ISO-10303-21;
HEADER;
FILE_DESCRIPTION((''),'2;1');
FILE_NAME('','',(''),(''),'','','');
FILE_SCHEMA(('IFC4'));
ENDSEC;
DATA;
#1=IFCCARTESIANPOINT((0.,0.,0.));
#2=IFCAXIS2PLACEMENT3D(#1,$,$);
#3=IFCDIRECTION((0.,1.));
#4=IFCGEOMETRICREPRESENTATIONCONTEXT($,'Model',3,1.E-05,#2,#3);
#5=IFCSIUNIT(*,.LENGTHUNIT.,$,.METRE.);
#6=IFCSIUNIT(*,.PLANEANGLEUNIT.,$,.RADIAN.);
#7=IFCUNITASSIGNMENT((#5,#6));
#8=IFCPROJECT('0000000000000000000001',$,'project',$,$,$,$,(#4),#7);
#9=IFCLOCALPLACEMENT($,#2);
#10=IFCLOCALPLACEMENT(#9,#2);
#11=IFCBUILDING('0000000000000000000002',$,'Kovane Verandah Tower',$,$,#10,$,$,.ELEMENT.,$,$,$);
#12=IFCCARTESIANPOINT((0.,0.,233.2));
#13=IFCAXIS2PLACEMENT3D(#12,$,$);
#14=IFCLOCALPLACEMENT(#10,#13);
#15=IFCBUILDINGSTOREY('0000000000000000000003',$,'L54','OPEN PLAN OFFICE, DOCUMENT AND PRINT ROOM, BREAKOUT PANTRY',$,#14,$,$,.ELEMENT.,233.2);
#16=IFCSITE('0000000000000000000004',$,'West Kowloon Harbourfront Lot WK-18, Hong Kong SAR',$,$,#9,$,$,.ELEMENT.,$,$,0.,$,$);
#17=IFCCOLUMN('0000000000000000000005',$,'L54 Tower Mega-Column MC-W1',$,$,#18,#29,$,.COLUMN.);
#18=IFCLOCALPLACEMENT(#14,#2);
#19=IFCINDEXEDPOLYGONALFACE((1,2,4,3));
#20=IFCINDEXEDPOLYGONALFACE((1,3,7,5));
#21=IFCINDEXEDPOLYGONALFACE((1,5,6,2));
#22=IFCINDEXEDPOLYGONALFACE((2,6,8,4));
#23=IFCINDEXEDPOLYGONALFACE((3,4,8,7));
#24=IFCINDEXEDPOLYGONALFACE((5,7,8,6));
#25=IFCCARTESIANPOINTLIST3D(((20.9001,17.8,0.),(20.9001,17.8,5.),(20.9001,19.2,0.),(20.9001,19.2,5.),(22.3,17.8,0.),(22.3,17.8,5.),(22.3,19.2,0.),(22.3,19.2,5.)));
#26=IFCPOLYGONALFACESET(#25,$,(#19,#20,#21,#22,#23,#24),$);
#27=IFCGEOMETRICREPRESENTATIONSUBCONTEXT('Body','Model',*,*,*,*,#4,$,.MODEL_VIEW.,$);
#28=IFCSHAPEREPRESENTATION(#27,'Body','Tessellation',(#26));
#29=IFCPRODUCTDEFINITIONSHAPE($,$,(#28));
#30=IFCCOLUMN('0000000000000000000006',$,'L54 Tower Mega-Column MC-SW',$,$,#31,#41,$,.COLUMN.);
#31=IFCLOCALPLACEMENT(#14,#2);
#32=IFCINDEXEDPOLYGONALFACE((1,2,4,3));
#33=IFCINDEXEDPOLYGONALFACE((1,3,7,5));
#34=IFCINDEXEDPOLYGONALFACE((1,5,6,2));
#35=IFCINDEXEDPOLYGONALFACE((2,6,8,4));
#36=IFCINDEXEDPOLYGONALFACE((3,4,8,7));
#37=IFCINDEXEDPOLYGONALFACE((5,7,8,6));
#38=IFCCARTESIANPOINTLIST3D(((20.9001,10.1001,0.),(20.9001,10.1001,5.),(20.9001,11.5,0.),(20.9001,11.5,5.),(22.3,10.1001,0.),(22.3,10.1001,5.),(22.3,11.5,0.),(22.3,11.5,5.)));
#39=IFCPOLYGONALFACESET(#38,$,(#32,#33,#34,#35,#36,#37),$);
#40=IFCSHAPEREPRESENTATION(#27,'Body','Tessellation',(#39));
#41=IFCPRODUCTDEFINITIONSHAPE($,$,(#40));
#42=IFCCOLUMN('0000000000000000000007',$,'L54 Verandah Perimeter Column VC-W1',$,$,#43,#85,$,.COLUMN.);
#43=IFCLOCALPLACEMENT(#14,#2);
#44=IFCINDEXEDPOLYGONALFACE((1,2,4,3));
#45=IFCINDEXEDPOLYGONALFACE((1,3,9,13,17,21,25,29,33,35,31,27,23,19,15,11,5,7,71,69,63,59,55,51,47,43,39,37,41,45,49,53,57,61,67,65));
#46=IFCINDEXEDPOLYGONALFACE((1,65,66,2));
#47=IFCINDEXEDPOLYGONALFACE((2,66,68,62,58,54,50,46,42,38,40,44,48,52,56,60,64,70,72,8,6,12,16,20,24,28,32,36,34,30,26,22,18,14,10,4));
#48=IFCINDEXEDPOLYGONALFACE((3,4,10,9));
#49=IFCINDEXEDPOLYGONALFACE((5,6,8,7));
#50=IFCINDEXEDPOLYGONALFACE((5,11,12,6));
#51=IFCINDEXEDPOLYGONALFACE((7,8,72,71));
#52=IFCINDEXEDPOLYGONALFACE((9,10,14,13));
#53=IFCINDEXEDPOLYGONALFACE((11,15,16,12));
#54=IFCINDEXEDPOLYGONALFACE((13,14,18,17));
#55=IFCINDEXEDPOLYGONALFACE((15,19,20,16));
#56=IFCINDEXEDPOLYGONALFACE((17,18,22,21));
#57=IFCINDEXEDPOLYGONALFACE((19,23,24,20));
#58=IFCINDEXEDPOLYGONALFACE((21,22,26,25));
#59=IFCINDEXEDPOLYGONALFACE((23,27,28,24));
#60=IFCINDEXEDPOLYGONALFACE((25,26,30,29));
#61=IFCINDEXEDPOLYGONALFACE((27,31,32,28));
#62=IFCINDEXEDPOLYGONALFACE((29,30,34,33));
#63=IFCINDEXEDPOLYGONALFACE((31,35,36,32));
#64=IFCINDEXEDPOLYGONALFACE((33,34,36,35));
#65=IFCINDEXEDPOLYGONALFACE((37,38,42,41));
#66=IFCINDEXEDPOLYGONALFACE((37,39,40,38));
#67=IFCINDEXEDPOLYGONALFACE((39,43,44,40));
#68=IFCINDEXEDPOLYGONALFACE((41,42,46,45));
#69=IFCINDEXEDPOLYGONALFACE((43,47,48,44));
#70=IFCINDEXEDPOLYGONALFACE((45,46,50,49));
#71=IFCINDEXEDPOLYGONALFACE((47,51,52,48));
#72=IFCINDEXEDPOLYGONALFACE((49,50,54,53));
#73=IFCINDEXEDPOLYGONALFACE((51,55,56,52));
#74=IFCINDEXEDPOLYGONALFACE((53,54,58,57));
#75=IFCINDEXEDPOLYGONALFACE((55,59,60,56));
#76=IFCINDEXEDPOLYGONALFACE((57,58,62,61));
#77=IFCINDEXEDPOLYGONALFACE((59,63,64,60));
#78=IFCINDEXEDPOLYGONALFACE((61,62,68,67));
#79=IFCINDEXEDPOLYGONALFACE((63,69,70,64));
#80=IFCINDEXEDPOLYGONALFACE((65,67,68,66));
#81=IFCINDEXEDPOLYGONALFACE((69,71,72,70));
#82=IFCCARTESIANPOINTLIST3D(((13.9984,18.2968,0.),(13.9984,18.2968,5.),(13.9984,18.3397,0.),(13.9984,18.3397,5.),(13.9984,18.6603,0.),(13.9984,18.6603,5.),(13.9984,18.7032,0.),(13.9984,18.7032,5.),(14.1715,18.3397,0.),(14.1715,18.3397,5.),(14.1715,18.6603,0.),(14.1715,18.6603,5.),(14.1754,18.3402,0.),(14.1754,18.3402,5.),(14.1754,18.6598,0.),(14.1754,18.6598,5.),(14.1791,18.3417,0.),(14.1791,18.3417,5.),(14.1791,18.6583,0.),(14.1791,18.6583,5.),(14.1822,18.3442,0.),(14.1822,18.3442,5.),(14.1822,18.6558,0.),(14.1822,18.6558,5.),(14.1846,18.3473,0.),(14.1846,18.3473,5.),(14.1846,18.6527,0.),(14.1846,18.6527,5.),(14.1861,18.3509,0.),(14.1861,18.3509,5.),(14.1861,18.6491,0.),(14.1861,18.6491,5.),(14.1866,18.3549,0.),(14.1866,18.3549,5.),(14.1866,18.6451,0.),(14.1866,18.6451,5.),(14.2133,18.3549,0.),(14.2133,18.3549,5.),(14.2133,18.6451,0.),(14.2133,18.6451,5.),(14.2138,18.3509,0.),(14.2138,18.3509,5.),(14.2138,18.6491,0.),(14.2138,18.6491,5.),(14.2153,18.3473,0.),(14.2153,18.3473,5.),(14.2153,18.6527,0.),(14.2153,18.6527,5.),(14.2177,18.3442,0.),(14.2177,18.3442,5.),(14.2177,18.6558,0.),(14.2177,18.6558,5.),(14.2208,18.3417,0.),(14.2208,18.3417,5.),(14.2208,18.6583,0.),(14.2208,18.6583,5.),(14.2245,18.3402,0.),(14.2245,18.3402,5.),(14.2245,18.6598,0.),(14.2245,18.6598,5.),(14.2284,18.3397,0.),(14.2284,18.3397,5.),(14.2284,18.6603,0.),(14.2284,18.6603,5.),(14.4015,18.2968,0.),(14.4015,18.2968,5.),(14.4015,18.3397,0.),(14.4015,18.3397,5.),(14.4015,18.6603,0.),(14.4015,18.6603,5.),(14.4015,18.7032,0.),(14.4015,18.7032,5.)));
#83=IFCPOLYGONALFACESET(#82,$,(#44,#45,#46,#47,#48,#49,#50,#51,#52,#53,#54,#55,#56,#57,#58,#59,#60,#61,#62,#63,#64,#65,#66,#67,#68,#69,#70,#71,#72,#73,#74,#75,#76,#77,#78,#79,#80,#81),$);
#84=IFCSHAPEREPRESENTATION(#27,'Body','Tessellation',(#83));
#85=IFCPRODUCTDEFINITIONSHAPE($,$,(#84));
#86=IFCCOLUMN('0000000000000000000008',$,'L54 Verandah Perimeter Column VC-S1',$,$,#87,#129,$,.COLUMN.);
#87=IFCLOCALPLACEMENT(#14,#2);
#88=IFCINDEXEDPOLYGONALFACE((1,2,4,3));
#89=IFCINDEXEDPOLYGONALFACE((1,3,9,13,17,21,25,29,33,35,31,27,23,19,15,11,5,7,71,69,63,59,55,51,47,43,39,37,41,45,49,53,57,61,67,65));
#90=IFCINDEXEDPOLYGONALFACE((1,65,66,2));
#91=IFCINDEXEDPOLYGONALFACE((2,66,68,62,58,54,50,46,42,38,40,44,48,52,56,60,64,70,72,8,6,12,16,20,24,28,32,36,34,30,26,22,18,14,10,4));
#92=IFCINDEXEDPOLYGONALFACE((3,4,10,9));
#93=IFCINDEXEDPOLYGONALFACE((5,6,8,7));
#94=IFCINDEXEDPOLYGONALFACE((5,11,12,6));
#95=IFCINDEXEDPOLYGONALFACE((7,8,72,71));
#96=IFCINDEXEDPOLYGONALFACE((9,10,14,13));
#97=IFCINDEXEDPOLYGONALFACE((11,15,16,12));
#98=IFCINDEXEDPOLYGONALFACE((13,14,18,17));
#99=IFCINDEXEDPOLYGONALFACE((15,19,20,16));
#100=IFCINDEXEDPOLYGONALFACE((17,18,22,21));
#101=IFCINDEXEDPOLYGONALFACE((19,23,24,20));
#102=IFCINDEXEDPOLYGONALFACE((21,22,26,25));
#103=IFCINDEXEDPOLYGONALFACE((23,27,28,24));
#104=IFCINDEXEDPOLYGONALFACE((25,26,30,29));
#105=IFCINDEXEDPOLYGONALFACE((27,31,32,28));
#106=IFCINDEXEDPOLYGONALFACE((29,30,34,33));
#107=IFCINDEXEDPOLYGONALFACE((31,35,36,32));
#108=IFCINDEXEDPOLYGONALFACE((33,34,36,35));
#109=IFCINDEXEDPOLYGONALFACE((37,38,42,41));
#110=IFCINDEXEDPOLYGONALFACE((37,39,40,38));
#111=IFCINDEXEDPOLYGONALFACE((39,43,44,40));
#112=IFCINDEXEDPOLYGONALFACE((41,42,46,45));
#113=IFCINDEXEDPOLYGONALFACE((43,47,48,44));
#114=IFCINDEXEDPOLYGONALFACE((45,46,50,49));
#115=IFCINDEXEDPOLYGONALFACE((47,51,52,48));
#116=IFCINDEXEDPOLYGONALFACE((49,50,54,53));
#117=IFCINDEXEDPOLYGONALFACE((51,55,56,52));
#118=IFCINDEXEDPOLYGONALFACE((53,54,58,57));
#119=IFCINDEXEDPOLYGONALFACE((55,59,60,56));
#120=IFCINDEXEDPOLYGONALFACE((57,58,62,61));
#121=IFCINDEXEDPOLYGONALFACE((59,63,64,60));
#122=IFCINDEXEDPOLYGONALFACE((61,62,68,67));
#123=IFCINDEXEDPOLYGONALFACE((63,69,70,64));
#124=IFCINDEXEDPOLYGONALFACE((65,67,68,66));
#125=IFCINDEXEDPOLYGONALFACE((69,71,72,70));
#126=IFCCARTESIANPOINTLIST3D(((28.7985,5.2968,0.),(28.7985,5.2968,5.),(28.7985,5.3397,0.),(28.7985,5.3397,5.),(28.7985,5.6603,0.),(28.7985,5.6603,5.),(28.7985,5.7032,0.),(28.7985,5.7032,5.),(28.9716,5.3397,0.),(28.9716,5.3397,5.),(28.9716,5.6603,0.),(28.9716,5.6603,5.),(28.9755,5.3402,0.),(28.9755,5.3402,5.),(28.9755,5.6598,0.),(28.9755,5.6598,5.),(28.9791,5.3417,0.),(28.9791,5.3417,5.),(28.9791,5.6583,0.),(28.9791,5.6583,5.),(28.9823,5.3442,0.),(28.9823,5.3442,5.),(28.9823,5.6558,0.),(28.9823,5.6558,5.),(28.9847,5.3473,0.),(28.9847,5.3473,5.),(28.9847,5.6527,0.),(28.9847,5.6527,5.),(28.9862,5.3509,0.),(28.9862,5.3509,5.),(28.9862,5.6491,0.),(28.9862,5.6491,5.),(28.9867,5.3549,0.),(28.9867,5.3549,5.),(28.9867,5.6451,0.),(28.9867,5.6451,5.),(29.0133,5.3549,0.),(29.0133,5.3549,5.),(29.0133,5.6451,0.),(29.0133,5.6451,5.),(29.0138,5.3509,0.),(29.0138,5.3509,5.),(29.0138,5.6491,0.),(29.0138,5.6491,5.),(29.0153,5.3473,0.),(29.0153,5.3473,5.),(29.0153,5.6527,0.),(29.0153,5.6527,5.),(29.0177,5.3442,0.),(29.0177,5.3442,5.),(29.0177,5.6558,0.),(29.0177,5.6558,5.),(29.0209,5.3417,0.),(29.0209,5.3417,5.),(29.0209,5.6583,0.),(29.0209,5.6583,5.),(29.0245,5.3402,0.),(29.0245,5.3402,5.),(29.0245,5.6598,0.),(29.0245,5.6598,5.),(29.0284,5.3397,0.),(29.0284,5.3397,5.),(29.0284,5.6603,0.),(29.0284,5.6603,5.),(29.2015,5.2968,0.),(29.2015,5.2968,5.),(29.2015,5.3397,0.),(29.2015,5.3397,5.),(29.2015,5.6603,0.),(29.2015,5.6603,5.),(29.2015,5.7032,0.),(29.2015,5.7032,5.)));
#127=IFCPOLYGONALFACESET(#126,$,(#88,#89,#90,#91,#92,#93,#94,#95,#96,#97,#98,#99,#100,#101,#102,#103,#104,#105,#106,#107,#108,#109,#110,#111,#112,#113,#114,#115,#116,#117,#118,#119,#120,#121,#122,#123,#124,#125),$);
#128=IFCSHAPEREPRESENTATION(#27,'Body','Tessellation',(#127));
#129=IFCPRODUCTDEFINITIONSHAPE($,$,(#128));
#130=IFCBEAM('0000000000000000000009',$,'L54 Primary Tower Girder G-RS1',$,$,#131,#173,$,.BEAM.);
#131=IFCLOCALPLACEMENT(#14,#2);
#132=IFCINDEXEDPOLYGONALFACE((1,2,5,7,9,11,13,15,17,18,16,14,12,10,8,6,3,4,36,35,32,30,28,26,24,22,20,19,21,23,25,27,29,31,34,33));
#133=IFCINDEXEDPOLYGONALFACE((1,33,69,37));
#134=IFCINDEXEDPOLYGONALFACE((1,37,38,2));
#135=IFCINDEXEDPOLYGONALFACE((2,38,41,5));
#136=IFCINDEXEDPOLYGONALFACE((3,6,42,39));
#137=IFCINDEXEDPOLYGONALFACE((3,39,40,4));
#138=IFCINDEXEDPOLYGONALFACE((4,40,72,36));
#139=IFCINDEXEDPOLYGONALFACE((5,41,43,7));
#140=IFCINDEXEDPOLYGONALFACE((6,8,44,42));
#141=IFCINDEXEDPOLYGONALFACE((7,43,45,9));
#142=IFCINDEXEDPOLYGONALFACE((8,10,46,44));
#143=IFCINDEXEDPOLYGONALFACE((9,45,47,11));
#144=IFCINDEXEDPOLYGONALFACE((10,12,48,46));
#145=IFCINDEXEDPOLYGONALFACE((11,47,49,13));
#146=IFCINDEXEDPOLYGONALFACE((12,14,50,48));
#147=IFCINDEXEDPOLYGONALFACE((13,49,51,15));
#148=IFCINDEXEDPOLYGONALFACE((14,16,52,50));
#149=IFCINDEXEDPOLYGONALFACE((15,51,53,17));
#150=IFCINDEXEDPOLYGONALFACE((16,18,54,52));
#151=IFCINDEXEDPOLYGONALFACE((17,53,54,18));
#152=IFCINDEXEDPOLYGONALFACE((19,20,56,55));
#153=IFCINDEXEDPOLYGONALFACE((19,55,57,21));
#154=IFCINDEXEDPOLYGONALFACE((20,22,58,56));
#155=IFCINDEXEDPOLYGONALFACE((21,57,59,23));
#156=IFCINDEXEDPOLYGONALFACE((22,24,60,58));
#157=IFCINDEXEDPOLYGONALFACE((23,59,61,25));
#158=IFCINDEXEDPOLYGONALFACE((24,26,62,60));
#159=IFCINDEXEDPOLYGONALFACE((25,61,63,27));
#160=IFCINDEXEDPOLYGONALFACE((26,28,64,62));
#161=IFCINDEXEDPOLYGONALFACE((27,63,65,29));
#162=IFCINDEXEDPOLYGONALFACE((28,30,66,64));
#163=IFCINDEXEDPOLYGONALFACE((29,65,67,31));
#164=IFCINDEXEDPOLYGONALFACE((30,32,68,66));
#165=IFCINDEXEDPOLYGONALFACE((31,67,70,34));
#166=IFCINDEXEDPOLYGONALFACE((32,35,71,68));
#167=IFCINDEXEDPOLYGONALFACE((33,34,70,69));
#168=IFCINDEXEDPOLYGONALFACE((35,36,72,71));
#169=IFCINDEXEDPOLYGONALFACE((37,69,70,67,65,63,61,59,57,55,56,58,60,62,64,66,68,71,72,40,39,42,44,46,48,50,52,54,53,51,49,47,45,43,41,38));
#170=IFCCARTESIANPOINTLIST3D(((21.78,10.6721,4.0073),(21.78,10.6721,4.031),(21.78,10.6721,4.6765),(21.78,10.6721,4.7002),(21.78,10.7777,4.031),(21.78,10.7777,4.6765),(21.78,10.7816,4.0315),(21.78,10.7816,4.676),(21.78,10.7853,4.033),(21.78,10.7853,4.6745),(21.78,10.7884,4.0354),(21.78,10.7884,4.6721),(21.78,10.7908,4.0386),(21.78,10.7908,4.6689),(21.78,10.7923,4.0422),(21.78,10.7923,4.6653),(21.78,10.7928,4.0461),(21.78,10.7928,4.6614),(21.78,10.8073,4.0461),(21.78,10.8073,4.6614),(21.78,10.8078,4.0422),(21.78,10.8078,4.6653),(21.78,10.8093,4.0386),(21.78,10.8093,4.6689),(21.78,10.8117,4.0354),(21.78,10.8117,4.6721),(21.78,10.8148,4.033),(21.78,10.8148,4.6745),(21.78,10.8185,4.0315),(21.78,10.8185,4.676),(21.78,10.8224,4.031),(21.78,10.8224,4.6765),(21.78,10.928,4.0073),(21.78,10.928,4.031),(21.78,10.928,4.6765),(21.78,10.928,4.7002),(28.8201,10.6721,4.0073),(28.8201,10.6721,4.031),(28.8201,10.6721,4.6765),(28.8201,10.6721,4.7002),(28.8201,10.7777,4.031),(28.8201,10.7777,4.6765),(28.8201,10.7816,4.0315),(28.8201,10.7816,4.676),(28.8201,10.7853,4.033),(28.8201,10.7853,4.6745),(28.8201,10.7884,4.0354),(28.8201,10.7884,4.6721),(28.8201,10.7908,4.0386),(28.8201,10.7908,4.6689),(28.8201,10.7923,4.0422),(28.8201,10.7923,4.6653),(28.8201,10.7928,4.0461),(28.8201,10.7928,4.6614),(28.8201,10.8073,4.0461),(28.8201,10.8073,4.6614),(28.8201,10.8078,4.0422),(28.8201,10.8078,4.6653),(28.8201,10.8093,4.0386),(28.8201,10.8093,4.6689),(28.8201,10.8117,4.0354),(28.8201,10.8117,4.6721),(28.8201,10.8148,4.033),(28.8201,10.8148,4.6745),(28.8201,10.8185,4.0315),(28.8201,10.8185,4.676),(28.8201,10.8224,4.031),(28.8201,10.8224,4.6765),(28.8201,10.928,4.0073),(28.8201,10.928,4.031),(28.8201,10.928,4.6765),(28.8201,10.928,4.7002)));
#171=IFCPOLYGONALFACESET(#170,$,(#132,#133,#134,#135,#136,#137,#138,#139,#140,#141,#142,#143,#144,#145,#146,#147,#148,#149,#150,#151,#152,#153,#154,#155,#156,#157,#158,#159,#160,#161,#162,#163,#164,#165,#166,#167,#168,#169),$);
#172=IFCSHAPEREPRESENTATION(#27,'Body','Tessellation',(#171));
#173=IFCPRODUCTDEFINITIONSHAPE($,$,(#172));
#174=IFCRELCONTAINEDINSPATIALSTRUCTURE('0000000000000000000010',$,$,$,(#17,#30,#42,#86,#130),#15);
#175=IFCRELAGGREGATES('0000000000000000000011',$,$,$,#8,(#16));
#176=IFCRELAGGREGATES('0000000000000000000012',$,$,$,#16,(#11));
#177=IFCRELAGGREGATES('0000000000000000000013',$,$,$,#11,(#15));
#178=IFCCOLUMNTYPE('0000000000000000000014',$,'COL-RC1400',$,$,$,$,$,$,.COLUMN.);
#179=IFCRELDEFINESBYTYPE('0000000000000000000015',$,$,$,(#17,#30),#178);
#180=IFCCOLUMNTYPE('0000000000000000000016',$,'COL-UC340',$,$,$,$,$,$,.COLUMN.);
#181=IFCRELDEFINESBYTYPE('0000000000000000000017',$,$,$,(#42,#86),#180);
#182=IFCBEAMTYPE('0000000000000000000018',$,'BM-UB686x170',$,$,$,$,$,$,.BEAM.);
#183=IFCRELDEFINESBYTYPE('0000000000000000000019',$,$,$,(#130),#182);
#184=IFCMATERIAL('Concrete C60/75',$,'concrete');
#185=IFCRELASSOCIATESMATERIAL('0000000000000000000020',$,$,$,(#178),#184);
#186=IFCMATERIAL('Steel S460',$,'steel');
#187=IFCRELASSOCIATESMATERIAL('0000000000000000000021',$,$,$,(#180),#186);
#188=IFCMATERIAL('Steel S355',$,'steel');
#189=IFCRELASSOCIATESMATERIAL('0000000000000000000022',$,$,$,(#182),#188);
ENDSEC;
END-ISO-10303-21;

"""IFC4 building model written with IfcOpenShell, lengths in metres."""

from ifc_helpers import new_model, si_unit, direction, frame, origin, origin_2d, place, context, subcontext, project, spatial, rectangle, i_section, extrude, material, material_profile, profile_set, type_object, element, save


model = new_model("IFC4")

# Units and contexts
model_context = context("Model", 3, precision=1e-05, world=origin(), true_north=direction((0.0, 1.0)))
body_context = subcontext(model_context, "Body", "Model", "MODEL_VIEW")
ifc_project = project(units=[si_unit("LENGTHUNIT", "METRE"), si_unit("PLANEANGLEUNIT", "RADIAN")], contexts=[model_context])

# Site, building, storey
site_placement = place(None, origin())
site = spatial("IfcSite", under=ifc_project, at=site_placement, Name="West Kowloon Harbourfront Lot WK-18, Hong Kong SAR", CompositionType="ELEMENT", RefElevation=0.0)
building_placement = place(site_placement, origin())
building = spatial("IfcBuilding", under=site, at=building_placement, Name="Kovane Verandah Tower", CompositionType="ELEMENT")
storey_placement = place(building_placement, frame((0.0, 0.0, 233.2)))
storey = spatial("IfcBuildingStorey", under=building, at=storey_placement, Name="L54", Description="OPEN PLAN OFFICE, DOCUMENT AND PRINT ROOM, BREAKOUT PANTRY", CompositionType="ELEMENT", Elevation=233.2)

# Columns
ifc_material_1 = material(Name="Concrete C60/75", Category="concrete")
ifc_material_profile_1 = material_profile(ifc_material_1, rectangle(XDim=1.3999, YDim=1.3999, at=origin_2d()), Name="RC1400x1400")
ifc_profile_set_1 = profile_set([ifc_material_profile_1], Name="Concrete C60/75")
column_type_1 = type_object("IfcColumnType", Name="COL-RC1400", PredefinedType="COLUMN", material=ifc_profile_set_1)
for number, where, z_axis, x_axis, name in (
    (1, (21.6001, 18.5, 0.0), (0.0, 0.0, 1.0), (1.0, 0.0, 0.0), "L54 Tower Mega-Column MC-W1"),
    (2, (21.6001, 10.8, 0.0), (0.0, 0.0, 1.0), (1.0, 0.0, 0.0), "L54 Tower Mega-Column MC-SW"),
):
    element("IfcColumn", number, at=place(storey_placement, frame(where, z_axis=z_axis, x_axis=x_axis)), inside=storey, type_object=column_type_1, Name=name, PredefinedType="COLUMN", context=body_context, shape_type="SweptSolid", body=[
        extrude(rectangle(XDim=1.3999, YDim=1.3999, at=origin_2d()), origin(), (0.0, 0.0, 1.0), 5.0),
    ])
ifc_material_2 = material(Name="Steel S460", Category="steel")
ifc_material_profile_2 = material_profile(ifc_material_2, i_section(OverallWidth=0.4031, OverallDepth=0.4065, WebThickness=0.0266, FlangeThickness=0.043, FilletRadius=0.0151, at=origin_2d()), Name="UC356x406x340")
ifc_profile_set_2 = profile_set([ifc_material_profile_2], Name="Steel S460")
column_type_2 = type_object("IfcColumnType", Name="COL-UC340", PredefinedType="COLUMN", material=ifc_profile_set_2)
for number, where, z_axis, x_axis, name in (
    (3, (14.2, 18.5, 0.0), (0.0, 0.0, 1.0), (1.0, 0.0, 0.0), "L54 Verandah Perimeter Column VC-W1"),
    (4, (29.0, 5.5, 0.0), (0.0, 0.0, 1.0), (1.0, 0.0, 0.0), "L54 Verandah Perimeter Column VC-S1"),
):
    element("IfcColumn", number, at=place(storey_placement, frame(where, z_axis=z_axis, x_axis=x_axis)), inside=storey, type_object=column_type_2, Name=name, PredefinedType="COLUMN", context=body_context, shape_type="SweptSolid", body=[
        extrude(i_section(OverallWidth=0.4031, OverallDepth=0.4065, WebThickness=0.0266, FlangeThickness=0.043, FilletRadius=0.0151, at=origin_2d()), origin(), (0.0, 0.0, 1.0), 5.0),
    ])

# Beam
ifc_material_3 = material(Name="Steel S355", Category="steel")
ifc_material_profile_3 = material_profile(ifc_material_3, i_section(OverallWidth=0.2559, OverallDepth=0.6929, WebThickness=0.0144, FlangeThickness=0.0237, FilletRadius=0.0151, at=origin_2d()), Name="UB686x254x170")
ifc_profile_set_3 = profile_set([ifc_material_profile_3], Name="Steel S355")
beam_type_1 = type_object("IfcBeamType", Name="BM-UB686x170", PredefinedType="BEAM", material=ifc_profile_set_3)
beam_1_placement = place(storey_placement, frame((21.78, 10.8, 4.3538), z_axis=(1.0, 0.0, 0.0), x_axis=(0.0, 1.0, 0.0)))
element("IfcBeam", 5, at=beam_1_placement, inside=storey, type_object=beam_type_1, Name="L54 Primary Tower Girder G-RS1", PredefinedType="BEAM", context=body_context, shape_type="SweptSolid", body=[
    extrude(i_section(OverallWidth=0.2559, OverallDepth=0.6929, WebThickness=0.0144, FlangeThickness=0.0237, FilletRadius=0.0151, at=origin_2d()), origin(), (0.0, 0.0, 1.0), 7.04),
])

save(model, "model.ifc")
